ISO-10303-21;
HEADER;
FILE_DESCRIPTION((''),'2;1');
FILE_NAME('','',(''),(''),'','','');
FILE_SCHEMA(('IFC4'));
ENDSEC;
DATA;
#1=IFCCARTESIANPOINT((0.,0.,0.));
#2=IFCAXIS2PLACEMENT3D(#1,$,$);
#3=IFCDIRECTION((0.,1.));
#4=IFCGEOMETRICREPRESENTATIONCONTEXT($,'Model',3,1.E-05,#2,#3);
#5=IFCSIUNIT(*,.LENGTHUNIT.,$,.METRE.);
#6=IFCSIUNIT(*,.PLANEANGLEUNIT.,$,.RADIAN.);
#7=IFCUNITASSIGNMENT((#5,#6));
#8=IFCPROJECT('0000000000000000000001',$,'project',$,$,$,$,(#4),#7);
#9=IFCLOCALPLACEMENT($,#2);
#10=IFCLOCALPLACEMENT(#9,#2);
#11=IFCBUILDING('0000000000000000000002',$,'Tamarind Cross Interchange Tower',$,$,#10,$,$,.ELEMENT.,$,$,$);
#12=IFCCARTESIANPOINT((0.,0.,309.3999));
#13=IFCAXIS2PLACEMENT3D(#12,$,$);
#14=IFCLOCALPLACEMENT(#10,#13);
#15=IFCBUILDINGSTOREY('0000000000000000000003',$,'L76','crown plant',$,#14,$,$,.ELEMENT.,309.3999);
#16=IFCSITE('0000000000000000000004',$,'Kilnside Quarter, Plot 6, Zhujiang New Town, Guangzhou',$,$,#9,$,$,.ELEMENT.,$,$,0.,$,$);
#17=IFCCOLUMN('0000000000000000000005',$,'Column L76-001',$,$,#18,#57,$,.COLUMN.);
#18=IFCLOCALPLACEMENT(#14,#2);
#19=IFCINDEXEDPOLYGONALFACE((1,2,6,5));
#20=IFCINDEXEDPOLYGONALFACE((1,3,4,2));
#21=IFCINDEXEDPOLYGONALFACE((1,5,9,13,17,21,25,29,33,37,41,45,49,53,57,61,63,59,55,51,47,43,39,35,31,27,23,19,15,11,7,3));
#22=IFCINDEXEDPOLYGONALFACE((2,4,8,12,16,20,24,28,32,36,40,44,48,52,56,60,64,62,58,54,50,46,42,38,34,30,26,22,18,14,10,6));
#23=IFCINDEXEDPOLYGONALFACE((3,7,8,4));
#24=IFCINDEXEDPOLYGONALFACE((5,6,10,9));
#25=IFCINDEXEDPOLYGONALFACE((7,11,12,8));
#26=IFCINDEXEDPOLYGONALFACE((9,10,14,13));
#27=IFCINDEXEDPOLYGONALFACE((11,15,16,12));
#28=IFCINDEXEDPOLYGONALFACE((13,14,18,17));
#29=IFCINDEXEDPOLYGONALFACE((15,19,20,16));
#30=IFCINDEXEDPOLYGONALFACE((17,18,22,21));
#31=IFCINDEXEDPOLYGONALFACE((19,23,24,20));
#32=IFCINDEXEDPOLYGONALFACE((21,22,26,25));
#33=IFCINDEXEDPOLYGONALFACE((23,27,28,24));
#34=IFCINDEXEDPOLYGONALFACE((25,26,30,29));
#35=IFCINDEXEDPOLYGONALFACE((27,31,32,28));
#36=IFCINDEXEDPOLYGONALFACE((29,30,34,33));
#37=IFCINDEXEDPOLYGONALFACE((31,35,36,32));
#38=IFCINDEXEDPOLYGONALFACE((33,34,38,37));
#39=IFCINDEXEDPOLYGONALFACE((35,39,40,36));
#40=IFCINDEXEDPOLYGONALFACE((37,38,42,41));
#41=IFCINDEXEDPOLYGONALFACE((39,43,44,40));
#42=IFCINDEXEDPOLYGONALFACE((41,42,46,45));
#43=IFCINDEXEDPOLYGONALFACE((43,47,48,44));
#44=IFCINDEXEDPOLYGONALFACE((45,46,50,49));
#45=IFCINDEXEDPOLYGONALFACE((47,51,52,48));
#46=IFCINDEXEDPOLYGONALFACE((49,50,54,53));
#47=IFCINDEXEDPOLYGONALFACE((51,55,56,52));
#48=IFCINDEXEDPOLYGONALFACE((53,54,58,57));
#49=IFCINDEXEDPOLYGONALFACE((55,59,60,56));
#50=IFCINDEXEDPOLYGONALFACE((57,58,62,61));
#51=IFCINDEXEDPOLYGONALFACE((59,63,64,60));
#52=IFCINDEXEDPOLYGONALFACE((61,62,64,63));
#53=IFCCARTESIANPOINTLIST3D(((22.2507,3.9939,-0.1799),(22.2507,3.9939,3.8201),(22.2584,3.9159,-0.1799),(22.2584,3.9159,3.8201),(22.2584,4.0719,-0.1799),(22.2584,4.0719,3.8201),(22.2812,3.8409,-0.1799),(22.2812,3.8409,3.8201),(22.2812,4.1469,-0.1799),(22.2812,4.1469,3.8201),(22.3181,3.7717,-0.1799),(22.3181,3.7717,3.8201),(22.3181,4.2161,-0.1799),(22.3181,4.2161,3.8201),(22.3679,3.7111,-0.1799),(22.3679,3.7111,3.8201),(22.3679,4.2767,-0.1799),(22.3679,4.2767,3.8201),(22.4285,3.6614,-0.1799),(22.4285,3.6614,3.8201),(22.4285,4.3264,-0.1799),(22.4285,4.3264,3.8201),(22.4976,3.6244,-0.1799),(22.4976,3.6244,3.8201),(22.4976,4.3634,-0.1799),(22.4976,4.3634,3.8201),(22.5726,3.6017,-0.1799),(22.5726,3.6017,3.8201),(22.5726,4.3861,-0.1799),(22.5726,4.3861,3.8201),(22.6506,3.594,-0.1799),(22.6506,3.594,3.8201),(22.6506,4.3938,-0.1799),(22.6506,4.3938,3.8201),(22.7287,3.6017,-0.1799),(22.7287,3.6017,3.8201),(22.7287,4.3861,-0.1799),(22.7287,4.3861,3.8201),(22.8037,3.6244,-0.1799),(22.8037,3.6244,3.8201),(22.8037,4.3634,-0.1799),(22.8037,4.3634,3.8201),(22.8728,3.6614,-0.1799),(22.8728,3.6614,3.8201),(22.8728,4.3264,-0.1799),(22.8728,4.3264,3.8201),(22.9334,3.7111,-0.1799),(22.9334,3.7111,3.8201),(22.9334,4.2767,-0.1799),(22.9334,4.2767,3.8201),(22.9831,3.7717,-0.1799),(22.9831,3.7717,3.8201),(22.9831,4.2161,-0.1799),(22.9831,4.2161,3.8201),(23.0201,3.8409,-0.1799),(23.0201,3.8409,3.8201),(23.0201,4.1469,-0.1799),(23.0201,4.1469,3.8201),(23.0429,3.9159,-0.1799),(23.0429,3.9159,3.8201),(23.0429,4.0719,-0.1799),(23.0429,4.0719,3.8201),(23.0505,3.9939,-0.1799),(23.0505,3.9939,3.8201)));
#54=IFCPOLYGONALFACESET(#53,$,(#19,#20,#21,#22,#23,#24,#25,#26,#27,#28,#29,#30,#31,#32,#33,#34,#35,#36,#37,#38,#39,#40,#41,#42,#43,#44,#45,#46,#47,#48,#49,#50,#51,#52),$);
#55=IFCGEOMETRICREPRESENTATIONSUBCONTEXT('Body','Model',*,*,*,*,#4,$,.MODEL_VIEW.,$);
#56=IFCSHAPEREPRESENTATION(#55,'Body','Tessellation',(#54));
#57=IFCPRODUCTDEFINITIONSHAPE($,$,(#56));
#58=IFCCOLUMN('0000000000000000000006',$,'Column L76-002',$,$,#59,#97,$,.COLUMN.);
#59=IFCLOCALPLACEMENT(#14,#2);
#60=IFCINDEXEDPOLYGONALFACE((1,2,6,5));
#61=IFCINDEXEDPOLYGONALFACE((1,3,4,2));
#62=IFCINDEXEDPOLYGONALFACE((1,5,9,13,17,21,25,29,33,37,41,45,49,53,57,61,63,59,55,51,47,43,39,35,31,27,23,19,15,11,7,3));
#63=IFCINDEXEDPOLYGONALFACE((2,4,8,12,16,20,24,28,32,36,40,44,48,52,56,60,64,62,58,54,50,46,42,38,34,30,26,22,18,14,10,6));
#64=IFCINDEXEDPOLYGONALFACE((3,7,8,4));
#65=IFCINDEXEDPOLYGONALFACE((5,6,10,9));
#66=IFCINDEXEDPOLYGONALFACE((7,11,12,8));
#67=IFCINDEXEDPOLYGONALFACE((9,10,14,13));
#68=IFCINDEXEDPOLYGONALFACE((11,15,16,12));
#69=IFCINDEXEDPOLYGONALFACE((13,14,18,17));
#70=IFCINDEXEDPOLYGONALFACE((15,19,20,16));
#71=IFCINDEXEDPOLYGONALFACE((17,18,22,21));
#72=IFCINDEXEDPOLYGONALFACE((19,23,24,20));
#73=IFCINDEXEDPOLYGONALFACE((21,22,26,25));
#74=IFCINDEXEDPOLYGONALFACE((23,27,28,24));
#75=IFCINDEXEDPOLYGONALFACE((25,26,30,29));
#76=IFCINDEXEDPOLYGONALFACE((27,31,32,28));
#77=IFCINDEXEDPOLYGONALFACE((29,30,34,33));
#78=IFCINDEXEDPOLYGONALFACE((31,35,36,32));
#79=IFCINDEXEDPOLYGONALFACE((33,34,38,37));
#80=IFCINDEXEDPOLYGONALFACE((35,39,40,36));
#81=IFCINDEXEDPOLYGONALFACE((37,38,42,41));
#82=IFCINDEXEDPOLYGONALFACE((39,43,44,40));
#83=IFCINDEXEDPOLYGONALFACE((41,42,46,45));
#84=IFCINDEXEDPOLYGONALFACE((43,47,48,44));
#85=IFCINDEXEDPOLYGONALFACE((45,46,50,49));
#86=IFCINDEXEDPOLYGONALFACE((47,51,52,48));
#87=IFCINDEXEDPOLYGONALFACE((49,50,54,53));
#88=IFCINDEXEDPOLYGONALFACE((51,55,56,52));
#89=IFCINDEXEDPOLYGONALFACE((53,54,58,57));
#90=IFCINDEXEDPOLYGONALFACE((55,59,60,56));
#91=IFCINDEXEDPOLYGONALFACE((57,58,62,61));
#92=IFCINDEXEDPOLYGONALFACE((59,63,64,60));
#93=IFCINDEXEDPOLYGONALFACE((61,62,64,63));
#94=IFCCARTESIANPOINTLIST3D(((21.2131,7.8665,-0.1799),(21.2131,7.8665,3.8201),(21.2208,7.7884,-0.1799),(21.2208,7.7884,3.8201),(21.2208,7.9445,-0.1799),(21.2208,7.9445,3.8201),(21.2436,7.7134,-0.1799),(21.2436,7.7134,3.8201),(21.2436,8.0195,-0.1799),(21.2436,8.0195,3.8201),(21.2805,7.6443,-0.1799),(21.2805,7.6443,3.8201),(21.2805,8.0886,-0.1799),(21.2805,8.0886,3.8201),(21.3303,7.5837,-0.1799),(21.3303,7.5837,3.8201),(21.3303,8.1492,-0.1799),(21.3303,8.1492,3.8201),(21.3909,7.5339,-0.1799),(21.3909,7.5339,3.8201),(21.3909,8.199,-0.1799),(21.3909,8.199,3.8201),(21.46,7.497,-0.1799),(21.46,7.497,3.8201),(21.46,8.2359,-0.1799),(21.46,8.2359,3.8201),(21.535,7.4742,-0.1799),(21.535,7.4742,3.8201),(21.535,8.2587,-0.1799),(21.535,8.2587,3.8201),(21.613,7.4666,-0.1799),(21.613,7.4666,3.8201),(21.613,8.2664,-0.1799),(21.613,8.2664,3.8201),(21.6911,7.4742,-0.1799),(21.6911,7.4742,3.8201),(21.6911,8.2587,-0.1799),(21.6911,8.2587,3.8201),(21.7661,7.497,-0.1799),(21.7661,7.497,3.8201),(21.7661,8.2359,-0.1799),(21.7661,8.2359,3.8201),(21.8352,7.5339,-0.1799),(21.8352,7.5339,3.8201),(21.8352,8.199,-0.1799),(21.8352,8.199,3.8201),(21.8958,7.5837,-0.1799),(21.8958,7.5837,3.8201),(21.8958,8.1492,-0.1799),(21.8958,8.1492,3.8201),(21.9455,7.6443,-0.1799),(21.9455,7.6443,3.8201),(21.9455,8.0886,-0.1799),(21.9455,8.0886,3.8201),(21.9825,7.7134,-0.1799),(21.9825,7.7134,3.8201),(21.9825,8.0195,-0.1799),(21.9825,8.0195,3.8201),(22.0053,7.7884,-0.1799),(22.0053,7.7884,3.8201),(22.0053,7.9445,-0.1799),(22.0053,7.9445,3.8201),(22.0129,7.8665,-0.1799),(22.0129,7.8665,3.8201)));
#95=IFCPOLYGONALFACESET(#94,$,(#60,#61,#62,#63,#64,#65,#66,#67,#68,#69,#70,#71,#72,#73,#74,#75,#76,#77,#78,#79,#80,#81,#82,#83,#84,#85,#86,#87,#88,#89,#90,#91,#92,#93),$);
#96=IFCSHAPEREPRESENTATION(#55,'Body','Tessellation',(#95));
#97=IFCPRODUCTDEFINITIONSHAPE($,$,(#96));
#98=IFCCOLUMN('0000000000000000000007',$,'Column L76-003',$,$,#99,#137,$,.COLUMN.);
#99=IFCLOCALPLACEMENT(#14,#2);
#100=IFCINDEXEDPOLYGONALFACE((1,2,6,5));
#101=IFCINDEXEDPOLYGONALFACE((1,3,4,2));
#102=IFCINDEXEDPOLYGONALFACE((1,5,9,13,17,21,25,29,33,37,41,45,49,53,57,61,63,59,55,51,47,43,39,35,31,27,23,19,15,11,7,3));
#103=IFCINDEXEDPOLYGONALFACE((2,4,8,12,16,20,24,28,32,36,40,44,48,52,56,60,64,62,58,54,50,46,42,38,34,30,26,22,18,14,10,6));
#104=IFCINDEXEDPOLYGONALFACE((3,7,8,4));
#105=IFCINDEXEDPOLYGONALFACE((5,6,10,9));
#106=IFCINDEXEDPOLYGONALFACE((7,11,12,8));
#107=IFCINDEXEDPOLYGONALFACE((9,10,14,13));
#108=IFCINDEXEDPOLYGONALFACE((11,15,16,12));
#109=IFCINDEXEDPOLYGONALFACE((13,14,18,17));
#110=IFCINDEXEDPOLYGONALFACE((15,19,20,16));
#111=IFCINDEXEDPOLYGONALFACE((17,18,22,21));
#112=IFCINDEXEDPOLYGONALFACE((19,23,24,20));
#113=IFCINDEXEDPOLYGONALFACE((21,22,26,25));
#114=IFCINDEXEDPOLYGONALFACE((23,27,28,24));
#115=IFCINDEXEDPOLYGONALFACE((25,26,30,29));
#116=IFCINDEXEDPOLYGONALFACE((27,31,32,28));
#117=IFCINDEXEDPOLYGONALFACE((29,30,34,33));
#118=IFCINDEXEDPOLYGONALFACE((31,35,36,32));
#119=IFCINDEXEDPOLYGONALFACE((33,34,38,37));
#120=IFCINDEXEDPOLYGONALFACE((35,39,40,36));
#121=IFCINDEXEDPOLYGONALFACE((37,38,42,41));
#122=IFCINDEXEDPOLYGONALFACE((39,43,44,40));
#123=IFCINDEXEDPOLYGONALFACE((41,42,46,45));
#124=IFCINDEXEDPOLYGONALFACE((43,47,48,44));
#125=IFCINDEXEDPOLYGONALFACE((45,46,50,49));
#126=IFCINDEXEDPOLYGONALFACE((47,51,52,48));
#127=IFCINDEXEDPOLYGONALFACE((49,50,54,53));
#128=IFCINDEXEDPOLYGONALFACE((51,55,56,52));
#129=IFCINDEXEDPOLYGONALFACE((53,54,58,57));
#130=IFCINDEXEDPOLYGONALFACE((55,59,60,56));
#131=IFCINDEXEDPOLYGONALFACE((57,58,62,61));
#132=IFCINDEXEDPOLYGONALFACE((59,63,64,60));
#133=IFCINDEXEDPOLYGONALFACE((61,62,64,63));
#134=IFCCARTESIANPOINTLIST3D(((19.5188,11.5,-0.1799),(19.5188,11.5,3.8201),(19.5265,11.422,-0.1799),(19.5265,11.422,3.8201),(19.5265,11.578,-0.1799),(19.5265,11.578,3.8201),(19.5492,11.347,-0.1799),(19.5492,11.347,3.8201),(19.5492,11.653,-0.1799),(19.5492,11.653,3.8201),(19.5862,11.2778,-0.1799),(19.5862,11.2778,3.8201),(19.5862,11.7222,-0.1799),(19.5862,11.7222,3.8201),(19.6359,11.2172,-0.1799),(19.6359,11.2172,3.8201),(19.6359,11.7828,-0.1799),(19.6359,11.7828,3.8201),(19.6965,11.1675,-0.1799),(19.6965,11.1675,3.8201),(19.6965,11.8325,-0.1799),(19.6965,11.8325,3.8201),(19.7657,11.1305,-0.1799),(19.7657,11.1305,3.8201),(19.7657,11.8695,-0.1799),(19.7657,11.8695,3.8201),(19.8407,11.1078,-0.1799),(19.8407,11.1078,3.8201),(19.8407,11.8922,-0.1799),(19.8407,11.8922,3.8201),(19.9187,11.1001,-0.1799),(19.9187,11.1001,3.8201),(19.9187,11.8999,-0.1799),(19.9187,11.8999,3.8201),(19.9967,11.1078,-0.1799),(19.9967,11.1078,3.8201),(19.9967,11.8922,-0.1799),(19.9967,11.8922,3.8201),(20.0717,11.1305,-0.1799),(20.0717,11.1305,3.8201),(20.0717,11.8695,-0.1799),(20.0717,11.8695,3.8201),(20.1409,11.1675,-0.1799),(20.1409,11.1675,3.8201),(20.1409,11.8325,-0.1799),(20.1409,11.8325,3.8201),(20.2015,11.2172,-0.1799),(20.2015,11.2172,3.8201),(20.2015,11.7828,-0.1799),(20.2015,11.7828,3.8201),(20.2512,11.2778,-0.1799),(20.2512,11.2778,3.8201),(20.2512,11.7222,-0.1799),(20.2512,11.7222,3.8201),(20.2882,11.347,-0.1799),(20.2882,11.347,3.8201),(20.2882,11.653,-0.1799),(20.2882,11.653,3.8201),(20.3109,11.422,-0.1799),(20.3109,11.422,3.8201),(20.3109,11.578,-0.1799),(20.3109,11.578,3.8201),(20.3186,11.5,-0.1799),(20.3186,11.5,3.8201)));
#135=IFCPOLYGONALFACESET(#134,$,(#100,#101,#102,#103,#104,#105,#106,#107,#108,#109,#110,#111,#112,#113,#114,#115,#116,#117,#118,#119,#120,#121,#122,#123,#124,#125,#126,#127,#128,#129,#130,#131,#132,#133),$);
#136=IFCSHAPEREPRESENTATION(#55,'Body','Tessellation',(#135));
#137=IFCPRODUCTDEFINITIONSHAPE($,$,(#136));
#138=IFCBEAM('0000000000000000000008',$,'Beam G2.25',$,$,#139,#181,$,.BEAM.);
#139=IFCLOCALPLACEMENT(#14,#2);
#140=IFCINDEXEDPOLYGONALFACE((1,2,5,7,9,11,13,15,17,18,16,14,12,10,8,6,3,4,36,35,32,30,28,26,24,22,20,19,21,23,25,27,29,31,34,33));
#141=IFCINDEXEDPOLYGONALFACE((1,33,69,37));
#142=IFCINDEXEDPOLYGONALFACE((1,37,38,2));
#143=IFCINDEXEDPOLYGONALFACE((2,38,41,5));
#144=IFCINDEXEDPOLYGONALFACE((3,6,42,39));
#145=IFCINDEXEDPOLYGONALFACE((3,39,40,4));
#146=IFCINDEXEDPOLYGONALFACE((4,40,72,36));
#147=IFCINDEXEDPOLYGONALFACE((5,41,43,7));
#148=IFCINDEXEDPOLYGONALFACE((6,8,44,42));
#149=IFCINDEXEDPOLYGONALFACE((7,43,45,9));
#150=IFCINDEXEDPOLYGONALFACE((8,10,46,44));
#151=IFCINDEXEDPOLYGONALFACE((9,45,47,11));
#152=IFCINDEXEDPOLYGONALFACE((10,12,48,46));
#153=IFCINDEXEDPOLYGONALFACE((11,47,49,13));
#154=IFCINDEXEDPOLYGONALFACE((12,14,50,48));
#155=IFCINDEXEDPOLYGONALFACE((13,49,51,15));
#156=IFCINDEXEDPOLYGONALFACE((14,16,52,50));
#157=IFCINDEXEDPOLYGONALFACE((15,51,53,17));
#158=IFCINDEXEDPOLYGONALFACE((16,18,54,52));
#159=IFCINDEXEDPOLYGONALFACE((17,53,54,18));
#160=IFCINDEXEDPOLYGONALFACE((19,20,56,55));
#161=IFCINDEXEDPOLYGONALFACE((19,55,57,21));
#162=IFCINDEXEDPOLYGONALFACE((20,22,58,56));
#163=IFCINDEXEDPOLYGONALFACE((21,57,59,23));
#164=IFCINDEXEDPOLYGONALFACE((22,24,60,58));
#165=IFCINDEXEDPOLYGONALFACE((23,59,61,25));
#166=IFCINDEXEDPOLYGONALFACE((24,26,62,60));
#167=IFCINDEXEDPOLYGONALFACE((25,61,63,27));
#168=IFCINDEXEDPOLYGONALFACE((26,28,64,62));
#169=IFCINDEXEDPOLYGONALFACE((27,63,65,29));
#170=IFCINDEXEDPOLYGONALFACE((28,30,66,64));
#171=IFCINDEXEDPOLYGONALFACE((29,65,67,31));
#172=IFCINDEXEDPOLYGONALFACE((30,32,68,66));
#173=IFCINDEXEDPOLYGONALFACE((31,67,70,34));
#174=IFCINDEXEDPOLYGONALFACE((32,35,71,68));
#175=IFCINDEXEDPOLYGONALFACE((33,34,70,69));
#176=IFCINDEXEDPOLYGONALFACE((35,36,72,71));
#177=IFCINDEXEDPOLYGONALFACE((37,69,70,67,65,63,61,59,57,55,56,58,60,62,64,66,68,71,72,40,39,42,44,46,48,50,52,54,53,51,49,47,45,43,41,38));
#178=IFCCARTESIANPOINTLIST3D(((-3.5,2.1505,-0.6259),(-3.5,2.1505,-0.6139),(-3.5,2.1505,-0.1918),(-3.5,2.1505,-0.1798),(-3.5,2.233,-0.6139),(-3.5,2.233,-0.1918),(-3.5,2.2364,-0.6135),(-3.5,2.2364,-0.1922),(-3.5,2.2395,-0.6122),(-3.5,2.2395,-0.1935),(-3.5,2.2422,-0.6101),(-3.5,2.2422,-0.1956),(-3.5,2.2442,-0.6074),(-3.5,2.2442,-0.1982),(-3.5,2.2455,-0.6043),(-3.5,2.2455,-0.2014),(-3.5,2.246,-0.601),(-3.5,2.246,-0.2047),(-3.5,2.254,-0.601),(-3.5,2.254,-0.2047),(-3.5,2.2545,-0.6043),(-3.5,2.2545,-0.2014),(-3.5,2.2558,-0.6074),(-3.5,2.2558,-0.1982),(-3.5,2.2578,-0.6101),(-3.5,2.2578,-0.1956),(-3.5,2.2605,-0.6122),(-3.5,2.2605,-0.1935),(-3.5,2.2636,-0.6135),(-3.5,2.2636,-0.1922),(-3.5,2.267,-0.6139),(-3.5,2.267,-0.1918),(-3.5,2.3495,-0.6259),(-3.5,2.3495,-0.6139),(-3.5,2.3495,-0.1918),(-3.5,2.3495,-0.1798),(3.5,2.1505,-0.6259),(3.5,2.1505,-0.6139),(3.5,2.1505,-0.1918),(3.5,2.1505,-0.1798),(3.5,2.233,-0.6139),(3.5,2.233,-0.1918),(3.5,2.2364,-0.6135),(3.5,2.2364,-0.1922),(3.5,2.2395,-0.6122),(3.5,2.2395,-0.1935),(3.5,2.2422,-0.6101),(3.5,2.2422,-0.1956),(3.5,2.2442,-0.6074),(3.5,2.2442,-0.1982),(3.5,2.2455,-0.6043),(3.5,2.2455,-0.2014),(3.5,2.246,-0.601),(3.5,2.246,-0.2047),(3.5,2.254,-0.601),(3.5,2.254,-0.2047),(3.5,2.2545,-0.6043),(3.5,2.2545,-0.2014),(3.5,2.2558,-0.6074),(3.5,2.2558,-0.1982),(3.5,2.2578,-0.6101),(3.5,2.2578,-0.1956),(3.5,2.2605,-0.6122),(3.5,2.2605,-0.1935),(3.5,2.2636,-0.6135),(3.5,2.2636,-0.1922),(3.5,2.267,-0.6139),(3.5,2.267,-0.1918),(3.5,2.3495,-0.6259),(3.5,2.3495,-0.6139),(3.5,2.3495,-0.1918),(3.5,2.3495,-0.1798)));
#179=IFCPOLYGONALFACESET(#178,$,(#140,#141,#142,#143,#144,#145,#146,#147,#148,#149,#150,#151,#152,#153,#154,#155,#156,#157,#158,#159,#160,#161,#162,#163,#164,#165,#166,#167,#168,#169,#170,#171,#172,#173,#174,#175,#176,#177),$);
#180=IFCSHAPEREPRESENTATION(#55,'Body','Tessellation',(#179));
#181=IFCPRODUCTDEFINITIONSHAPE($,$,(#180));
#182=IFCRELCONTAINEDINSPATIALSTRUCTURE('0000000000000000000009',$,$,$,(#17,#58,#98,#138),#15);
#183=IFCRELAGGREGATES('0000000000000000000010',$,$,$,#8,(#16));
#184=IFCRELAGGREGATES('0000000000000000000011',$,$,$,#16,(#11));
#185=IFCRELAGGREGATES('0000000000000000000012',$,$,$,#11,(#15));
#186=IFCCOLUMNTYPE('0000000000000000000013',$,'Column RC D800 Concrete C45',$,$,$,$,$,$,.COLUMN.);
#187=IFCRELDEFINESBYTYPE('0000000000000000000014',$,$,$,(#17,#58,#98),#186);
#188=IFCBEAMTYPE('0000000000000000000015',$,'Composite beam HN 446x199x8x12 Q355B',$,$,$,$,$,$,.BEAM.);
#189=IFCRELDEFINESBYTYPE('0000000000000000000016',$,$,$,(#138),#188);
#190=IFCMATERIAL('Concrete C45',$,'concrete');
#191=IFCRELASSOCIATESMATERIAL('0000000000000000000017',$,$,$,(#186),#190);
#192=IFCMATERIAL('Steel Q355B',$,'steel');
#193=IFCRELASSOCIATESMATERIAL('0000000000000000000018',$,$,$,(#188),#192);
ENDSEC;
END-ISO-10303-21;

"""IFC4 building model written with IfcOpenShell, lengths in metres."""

from ifc_helpers import new_model, si_unit, direction, frame, origin, origin_2d, place, context, subcontext, project, spatial, circle, i_section, extrude, material, material_profile, profile_set, type_object, element, save


model = new_model("IFC4")

# Units and contexts
model_context = context("Model", 3, precision=1e-05, world=origin(), true_north=direction((0.0, 1.0)))
body_context = subcontext(model_context, "Body", "Model", "MODEL_VIEW")
ifc_project = project(units=[si_unit("LENGTHUNIT", "METRE"), si_unit("PLANEANGLEUNIT", "RADIAN")], contexts=[model_context])

# Site, building, storey
site_placement = place(None, origin())
site = spatial("IfcSite", under=ifc_project, at=site_placement, Name="Kilnside Quarter, Plot 6, Zhujiang New Town, Guangzhou", CompositionType="ELEMENT", RefElevation=0.0)
building_placement = place(site_placement, origin())
building = spatial("IfcBuilding", under=site, at=building_placement, Name="Tamarind Cross Interchange Tower", CompositionType="ELEMENT")
storey_placement = place(building_placement, frame((0.0, 0.0, 309.3999)))
storey = spatial("IfcBuildingStorey", under=building, at=storey_placement, Name="L76", Description="crown plant", CompositionType="ELEMENT", Elevation=309.3999)

# Columns
ifc_material_1 = material(Name="Concrete C45", Category="concrete")
ifc_material_profile_1 = material_profile(ifc_material_1, circle(Radius=0.3999, at=origin_2d()), Name="RC D800")
ifc_profile_set_1 = profile_set([ifc_material_profile_1], Name="Concrete C45")
column_type = type_object("IfcColumnType", Name="Column RC D800 Concrete C45", PredefinedType="COLUMN", material=ifc_profile_set_1)
for number, where, z_axis, x_axis, name in (
    (1, (22.6506, 3.9939, -0.1799), (0.0, 0.0, 1.0), (1.0, 0.0, 0.0), "Column L76-001"),
    (2, (21.613, 7.8665, -0.1799), (0.0, 0.0, 1.0), (1.0, 0.0, 0.0), "Column L76-002"),
    (3, (19.9187, 11.5, -0.1799), (0.0, 0.0, 1.0), (1.0, 0.0, 0.0), "Column L76-003"),
):
    element("IfcColumn", number, at=place(storey_placement, frame(where, z_axis=z_axis, x_axis=x_axis)), inside=storey, type_object=column_type, Name=name, PredefinedType="COLUMN", context=body_context, shape_type="SweptSolid", body=[
        extrude(circle(Radius=0.3999, at=origin_2d()), origin(), (0.0, 0.0, 1.0), 4.0),
    ])

# Beam
ifc_material_2 = material(Name="Steel Q355B", Category="steel")
ifc_material_profile_2 = material_profile(ifc_material_2, i_section(OverallWidth=0.199, OverallDepth=0.446, WebThickness=0.0081, FlangeThickness=0.012, FilletRadius=0.0129, at=origin_2d()), Name="HN 446x199x8x12")
ifc_profile_set_2 = profile_set([ifc_material_profile_2], Name="Steel Q355B")
beam_type_1 = type_object("IfcBeamType", Name="Composite beam HN 446x199x8x12 Q355B", PredefinedType="BEAM", material=ifc_profile_set_2)
for number, where, z_axis, x_axis, name in (
    (4, (-3.5, 2.25, -0.4028), (1.0, 0.0, 0.0), (0.0, 1.0, 0.0), "Beam G2.25"),
):
    element("IfcBeam", number, at=place(storey_placement, frame(where, z_axis=z_axis, x_axis=x_axis)), inside=storey, type_object=beam_type_1, Name=name, PredefinedType="BEAM", context=body_context, shape_type="SweptSolid", body=[
        extrude(i_section(OverallWidth=0.199, OverallDepth=0.446, WebThickness=0.0081, FlangeThickness=0.012, FilletRadius=0.0129, at=origin_2d()), origin(), (0.0, 0.0, 1.0), 7.0),
    ])

save(model, "model.ifc")
